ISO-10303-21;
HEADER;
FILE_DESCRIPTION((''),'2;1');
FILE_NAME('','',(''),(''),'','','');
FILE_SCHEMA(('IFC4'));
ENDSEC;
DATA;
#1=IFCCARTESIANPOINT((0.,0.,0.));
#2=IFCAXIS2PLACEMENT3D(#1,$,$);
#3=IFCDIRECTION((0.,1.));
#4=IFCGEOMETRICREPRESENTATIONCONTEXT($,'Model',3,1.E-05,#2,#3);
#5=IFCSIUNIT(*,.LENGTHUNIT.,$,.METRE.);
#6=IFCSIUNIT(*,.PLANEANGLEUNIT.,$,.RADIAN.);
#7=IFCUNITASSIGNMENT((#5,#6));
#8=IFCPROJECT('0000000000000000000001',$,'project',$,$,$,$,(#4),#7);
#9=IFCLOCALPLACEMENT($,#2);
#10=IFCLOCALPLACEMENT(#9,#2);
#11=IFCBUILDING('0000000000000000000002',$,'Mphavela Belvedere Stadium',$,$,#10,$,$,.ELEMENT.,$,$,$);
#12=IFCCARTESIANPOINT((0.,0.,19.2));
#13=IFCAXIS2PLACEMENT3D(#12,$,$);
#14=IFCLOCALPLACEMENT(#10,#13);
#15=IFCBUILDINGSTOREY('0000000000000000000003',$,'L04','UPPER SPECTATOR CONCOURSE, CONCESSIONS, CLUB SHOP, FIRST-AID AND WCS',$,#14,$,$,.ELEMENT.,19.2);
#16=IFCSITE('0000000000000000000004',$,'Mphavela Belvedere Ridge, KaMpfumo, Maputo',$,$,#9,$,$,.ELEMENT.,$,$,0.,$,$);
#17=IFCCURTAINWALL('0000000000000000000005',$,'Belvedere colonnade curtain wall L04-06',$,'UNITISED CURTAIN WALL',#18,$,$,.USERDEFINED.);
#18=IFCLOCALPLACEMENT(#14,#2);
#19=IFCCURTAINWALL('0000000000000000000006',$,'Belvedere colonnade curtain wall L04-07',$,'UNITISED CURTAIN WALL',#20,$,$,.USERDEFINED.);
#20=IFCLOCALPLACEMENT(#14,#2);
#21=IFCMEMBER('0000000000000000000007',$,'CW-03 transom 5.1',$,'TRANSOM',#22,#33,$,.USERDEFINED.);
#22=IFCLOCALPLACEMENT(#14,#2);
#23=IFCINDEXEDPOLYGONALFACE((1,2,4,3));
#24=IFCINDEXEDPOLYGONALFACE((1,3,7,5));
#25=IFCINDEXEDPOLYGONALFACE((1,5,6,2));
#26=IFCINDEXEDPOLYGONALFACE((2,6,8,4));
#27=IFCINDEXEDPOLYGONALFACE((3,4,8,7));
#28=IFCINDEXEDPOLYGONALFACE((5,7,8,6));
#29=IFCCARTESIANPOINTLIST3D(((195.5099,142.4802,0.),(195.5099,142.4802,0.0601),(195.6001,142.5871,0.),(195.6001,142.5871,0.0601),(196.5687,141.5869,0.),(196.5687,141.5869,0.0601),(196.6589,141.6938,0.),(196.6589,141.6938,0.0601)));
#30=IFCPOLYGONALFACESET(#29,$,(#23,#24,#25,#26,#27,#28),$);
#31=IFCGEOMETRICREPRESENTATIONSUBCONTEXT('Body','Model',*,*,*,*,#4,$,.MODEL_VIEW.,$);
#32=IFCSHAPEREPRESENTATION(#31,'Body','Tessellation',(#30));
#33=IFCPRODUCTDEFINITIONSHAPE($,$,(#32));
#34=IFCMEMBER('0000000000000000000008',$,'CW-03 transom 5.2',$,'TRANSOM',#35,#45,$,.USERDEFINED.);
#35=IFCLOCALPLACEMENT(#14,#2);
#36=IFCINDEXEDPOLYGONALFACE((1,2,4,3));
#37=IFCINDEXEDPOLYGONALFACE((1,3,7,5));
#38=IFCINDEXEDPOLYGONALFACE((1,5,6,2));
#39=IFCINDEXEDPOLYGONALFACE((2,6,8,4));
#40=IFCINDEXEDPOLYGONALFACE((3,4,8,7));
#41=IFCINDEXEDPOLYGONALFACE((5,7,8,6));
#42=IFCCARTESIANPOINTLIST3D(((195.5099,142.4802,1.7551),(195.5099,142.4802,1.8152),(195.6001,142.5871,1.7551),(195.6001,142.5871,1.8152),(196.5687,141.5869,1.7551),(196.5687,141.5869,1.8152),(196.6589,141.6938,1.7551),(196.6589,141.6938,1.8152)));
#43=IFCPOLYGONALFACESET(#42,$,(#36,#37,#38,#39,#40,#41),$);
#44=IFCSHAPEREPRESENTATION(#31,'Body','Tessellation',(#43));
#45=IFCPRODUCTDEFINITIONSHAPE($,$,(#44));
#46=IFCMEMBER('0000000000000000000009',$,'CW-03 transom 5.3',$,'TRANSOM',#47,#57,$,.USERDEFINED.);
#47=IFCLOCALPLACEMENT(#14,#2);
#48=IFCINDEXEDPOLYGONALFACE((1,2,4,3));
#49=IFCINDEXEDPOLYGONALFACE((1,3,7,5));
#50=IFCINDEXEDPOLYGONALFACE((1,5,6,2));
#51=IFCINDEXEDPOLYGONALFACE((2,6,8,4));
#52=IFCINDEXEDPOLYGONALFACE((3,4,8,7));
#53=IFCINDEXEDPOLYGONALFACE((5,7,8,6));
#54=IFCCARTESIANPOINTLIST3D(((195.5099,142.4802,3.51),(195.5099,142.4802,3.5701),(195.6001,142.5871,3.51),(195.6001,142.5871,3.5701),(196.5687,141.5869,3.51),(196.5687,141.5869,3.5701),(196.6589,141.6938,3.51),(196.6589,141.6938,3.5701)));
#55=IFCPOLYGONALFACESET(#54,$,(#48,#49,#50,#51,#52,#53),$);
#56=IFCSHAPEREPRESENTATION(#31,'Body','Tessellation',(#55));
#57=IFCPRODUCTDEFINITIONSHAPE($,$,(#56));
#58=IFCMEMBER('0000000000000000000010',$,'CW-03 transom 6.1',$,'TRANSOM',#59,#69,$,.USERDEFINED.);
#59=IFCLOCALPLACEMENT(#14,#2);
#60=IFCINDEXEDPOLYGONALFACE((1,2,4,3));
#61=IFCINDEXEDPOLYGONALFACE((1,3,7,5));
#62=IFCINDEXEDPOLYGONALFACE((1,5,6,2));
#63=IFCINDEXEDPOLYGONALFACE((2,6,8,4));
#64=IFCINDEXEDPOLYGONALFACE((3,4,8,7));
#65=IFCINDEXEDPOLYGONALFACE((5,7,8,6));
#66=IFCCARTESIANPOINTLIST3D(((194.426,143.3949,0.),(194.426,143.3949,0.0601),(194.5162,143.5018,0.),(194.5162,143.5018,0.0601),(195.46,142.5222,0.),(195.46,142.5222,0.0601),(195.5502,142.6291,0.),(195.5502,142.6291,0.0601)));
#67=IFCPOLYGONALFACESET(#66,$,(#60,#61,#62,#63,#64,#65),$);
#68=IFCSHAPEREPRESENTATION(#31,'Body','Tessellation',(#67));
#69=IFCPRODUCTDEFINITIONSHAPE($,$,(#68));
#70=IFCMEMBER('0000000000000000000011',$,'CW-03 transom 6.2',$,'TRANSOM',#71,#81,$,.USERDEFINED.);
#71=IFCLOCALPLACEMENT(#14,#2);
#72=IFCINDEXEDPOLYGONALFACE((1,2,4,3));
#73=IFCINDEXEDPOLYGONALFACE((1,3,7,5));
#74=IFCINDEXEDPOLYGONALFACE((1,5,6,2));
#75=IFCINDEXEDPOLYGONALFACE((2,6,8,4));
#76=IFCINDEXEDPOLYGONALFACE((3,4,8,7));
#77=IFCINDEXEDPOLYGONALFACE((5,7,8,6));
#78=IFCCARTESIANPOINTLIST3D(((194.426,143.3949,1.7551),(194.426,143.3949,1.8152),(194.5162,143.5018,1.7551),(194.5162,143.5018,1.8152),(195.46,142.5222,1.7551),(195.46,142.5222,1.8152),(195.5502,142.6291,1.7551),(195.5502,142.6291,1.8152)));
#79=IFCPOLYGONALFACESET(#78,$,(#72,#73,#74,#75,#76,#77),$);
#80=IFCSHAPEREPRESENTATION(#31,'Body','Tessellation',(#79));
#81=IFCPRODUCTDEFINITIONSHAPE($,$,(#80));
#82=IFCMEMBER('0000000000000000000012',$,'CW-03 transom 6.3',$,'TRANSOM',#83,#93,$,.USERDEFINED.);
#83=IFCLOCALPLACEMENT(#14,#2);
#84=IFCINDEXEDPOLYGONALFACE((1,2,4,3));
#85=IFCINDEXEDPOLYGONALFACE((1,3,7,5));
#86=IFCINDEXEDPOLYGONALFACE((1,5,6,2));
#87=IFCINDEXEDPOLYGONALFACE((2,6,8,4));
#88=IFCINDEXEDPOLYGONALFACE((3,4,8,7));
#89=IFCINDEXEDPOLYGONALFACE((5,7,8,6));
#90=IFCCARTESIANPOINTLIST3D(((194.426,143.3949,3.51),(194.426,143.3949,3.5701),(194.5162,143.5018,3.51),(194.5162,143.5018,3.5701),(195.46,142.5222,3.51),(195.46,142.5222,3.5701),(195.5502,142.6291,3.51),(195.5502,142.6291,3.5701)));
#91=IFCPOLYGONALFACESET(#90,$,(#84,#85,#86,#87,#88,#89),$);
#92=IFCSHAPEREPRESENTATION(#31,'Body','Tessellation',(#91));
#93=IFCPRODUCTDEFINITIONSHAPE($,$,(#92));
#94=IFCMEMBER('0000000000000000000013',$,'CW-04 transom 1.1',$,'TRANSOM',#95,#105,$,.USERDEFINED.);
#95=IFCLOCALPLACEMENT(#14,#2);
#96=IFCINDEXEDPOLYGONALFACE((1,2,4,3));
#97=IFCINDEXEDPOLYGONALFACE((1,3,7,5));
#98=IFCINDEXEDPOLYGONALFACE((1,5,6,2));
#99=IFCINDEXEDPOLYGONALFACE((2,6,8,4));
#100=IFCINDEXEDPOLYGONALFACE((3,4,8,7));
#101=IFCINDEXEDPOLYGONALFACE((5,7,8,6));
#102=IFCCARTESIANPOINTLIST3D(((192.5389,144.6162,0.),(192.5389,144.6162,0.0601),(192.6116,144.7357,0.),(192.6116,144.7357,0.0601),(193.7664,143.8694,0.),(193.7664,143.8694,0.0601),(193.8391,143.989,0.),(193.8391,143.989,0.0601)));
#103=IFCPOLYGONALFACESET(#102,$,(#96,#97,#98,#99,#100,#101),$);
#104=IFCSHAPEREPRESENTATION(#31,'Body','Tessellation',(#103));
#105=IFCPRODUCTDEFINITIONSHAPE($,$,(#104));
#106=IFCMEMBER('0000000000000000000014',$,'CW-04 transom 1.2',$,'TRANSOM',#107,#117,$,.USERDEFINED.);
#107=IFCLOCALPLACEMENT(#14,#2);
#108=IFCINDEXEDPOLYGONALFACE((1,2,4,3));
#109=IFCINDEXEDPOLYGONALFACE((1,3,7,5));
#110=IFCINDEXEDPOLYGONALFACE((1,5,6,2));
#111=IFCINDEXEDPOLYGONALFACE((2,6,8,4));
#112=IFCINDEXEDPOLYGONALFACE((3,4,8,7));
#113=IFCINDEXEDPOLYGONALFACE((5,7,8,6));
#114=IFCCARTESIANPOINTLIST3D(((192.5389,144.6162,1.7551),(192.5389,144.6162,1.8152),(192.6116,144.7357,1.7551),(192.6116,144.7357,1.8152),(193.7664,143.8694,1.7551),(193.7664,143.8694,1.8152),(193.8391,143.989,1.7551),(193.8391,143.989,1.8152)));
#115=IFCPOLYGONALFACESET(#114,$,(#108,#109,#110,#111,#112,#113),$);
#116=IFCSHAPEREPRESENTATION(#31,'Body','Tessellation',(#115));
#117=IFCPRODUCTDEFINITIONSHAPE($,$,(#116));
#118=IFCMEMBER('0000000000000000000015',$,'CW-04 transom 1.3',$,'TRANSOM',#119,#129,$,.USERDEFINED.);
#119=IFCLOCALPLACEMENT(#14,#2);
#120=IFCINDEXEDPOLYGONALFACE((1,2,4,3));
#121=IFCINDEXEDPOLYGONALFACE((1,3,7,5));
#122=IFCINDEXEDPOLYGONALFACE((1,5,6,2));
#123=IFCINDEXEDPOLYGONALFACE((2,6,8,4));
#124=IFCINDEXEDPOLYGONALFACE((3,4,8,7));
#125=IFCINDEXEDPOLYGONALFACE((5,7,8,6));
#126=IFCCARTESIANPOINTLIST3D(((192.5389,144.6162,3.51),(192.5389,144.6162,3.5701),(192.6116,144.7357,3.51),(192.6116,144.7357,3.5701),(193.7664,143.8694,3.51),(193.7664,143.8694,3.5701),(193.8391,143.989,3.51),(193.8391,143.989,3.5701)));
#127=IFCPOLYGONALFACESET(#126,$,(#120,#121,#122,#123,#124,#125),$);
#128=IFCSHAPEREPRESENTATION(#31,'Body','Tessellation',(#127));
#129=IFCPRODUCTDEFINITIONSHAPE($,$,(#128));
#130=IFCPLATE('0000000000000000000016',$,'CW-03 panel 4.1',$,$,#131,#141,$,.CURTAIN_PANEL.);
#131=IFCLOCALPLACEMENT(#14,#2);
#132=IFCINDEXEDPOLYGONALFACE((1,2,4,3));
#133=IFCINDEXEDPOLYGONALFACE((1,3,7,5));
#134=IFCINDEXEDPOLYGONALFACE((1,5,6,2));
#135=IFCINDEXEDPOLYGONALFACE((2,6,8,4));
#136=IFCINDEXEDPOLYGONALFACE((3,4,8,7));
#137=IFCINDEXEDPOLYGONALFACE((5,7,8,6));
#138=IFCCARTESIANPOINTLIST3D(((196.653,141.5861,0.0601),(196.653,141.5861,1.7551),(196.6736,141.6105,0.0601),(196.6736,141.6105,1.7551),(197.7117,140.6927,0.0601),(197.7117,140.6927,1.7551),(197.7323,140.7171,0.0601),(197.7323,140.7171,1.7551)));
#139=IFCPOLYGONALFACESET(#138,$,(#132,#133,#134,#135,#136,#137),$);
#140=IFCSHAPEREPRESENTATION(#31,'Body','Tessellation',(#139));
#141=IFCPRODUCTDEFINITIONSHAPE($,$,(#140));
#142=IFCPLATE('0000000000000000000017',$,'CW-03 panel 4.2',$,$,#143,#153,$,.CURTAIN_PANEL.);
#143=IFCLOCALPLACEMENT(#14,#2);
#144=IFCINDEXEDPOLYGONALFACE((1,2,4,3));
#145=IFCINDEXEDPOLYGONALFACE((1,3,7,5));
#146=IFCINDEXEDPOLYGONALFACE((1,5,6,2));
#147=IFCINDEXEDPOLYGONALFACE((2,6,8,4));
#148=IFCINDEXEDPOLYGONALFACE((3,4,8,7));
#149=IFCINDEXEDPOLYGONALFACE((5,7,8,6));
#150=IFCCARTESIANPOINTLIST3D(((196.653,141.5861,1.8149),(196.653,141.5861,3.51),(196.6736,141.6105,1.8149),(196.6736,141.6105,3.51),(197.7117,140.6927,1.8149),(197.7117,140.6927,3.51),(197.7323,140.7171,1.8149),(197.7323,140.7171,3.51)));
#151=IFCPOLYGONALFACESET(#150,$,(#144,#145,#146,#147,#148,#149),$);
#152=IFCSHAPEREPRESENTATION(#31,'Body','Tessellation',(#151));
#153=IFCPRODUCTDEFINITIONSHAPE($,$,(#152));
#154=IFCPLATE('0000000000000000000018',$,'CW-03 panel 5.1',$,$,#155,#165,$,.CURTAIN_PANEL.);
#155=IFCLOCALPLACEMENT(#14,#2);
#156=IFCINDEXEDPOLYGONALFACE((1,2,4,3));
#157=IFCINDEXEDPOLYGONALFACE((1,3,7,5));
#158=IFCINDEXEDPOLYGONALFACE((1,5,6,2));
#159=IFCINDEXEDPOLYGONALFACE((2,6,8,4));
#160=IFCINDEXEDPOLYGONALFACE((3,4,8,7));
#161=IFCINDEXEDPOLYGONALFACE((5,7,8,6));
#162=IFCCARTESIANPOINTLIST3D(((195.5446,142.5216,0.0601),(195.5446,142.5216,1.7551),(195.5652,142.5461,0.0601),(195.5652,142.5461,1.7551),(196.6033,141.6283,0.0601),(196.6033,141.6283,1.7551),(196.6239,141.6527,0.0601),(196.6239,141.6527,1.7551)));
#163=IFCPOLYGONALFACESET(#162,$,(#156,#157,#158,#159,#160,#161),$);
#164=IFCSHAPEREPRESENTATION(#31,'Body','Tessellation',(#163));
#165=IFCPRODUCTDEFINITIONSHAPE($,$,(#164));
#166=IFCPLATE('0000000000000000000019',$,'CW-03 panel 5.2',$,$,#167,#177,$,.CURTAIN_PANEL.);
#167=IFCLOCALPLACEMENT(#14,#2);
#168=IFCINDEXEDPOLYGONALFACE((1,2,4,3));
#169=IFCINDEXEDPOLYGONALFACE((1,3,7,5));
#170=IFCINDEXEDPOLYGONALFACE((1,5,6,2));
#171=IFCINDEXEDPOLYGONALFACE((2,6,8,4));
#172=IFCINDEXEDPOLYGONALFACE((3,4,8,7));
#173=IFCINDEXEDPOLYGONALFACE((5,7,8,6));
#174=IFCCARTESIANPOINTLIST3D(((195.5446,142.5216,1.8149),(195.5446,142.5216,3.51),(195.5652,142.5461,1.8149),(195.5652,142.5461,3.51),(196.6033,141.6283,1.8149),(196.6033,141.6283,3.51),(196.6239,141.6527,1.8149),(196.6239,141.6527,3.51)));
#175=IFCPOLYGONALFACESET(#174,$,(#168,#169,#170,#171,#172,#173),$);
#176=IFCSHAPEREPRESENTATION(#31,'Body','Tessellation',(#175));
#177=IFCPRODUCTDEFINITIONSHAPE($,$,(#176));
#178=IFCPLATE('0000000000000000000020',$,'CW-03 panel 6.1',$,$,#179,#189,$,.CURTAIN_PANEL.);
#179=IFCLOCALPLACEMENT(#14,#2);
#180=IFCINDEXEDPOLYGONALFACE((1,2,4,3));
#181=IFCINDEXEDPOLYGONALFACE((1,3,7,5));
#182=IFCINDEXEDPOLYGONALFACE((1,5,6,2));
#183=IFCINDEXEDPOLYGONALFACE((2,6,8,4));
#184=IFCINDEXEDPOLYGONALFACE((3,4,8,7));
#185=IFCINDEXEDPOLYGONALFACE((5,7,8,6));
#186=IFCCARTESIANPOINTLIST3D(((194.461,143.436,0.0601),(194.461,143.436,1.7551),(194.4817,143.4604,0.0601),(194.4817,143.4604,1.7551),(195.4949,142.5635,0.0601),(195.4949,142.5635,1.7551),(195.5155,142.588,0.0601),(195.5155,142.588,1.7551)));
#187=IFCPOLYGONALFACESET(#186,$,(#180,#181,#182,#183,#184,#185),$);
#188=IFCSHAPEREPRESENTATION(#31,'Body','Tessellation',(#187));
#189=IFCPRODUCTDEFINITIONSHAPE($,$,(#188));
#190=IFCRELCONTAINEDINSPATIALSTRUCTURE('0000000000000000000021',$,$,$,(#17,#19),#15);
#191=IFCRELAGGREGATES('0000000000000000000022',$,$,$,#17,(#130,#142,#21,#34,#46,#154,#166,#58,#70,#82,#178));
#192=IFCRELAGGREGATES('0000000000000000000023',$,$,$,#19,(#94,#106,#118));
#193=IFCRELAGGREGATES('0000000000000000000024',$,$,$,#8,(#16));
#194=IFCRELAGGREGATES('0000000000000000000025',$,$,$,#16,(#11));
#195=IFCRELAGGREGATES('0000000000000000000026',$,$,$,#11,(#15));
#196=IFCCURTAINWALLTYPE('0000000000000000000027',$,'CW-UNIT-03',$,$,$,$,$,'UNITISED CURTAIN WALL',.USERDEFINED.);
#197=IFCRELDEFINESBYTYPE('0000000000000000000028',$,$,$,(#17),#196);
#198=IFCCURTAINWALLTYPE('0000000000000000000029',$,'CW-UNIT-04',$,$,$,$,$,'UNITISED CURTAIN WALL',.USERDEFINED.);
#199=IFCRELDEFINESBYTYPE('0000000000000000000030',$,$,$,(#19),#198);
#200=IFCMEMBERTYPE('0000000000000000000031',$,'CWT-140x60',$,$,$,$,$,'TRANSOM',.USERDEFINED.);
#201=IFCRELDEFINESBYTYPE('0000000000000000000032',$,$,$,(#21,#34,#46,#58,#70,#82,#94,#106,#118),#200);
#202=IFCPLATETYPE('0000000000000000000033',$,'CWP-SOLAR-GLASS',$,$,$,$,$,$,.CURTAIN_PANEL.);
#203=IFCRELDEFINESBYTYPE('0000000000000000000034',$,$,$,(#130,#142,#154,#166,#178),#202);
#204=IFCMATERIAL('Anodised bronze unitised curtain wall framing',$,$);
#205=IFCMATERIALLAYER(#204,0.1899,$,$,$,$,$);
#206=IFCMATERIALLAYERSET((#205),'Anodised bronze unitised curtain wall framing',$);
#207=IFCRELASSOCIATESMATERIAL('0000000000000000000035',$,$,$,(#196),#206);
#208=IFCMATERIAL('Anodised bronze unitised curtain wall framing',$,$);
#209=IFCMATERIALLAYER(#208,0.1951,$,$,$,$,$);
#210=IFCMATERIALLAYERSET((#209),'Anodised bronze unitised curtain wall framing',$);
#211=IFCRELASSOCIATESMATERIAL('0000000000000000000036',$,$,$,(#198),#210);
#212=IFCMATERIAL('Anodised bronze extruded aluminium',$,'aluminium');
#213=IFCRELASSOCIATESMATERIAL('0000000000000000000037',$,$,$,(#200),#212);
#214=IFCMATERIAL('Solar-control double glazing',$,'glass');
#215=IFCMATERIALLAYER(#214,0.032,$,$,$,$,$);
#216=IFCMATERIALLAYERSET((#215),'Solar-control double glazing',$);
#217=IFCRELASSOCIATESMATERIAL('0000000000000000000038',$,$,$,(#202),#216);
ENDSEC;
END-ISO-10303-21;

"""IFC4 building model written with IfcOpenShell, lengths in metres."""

from ifc_helpers import new_model, si_unit, direction, frame, origin, origin_2d, place, context, subcontext, project, spatial, rectangle, extrude, material, layer, layer_set, material_profile, profile_set, type_object, element, aggregate, save


model = new_model("IFC4")

# Units and contexts
model_context = context("Model", 3, precision=1e-05, world=origin(), true_north=direction((0.0, 1.0)))
body_context = subcontext(model_context, "Body", "Model", "MODEL_VIEW")
ifc_project = project(units=[si_unit("LENGTHUNIT", "METRE"), si_unit("PLANEANGLEUNIT", "RADIAN")], contexts=[model_context])

# Site, building, storey
site_placement = place(None, origin())
site = spatial("IfcSite", under=ifc_project, at=site_placement, Name="Mphavela Belvedere Ridge, KaMpfumo, Maputo", CompositionType="ELEMENT", RefElevation=0.0)
building_placement = place(site_placement, origin())
building = spatial("IfcBuilding", under=site, at=building_placement, Name="Mphavela Belvedere Stadium", CompositionType="ELEMENT")
storey_placement = place(building_placement, frame((0.0, 0.0, 19.2)))
storey = spatial("IfcBuildingStorey", under=building, at=storey_placement, Name="L04", Description="UPPER SPECTATOR CONCOURSE, CONCESSIONS, CLUB SHOP, FIRST-AID AND WCS", CompositionType="ELEMENT", Elevation=19.2)

# Curtain wall
ifc_material_1 = material(Name="Anodised bronze unitised curtain wall framing")
ifc_layer_1 = layer(ifc_material_1, 0.1899)
ifc_layer_set_1 = layer_set([ifc_layer_1], Name="Anodised bronze unitised curtain wall framing")
curtain_wall_type_1 = type_object("IfcCurtainWallType", Name="CW-UNIT-03", ElementType="UNITISED CURTAIN WALL", PredefinedType="USERDEFINED", material=ifc_layer_set_1)
curtain_wall_1_placement = place(storey_placement, origin())
curtain_wall_1 = element("IfcCurtainWall", 1, at=curtain_wall_1_placement, inside=storey, type_object=curtain_wall_type_1, Name="Belvedere colonnade curtain wall L04-06", ObjectType="UNITISED CURTAIN WALL", PredefinedType="USERDEFINED")

# Curtain wall
ifc_material_2 = material(Name="Anodised bronze unitised curtain wall framing")
ifc_layer_2 = layer(ifc_material_2, 0.1951)
ifc_layer_set_2 = layer_set([ifc_layer_2], Name="Anodised bronze unitised curtain wall framing")
curtain_wall_type_2 = type_object("IfcCurtainWallType", Name="CW-UNIT-04", ElementType="UNITISED CURTAIN WALL", PredefinedType="USERDEFINED", material=ifc_layer_set_2)
curtain_wall_2_placement = place(storey_placement, origin())
curtain_wall_2 = element("IfcCurtainWall", 2, at=curtain_wall_2_placement, inside=storey, type_object=curtain_wall_type_2, Name="Belvedere colonnade curtain wall L04-07", ObjectType="UNITISED CURTAIN WALL", PredefinedType="USERDEFINED")

# Members
ifc_material_3 = material(Name="Anodised bronze extruded aluminium", Category="aluminium")
ifc_material_profile_1 = material_profile(ifc_material_3, rectangle(XDim=0.1399, YDim=0.0601, at=origin_2d()), Name="CW-TRN 140x60")
ifc_profile_set_1 = profile_set([ifc_material_profile_1], Name="Anodised bronze extruded aluminium")
member_type_1 = type_object("IfcMemberType", Name="CWT-140x60", ElementType="TRANSOM", PredefinedType="USERDEFINED", material=ifc_profile_set_1)
member_1_placement = place(storey_placement, frame((196.6138, 141.6404, 0.03), z_axis=(-0.764321, 0.644836, 0.0), x_axis=(-0.644836, -0.764321, 0.0)))
member_1 = element("IfcMember", 3, at=member_1_placement, type_object=member_type_1, Name="CW-03 transom 5.1", ObjectType="TRANSOM", PredefinedType="USERDEFINED", context=body_context, shape_type="SweptSolid", body=[
    extrude(rectangle(XDim=0.1399, YDim=0.0601, at=origin_2d()), origin(), (0.0, 0.0, 1.0), 1.3853),
])
member_2_placement = place(storey_placement, frame((196.6138, 141.6404, 1.7852), z_axis=(-0.764321, 0.644836, 0.0), x_axis=(-0.644836, -0.764321, 0.0)))
member_2 = element("IfcMember", 4, at=member_2_placement, type_object=member_type_1, Name="CW-03 transom 5.2", ObjectType="TRANSOM", PredefinedType="USERDEFINED", context=body_context, shape_type="SweptSolid", body=[
    extrude(rectangle(XDim=0.1399, YDim=0.0601, at=origin_2d()), origin(), (0.0, 0.0, 1.0), 1.3853),
])
member_3_placement = place(storey_placement, frame((196.6138, 141.6404, 3.54), z_axis=(-0.764321, 0.644836, 0.0), x_axis=(-0.644836, -0.764321, 0.0)))
member_3 = element("IfcMember", 5, at=member_3_placement, type_object=member_type_1, Name="CW-03 transom 5.3", ObjectType="TRANSOM", PredefinedType="USERDEFINED", context=body_context, shape_type="SweptSolid", body=[
    extrude(rectangle(XDim=0.1399, YDim=0.0601, at=origin_2d()), origin(), (0.0, 0.0, 1.0), 1.3853),
])
member_4_placement = place(storey_placement, frame((195.5051, 142.5757, 0.03), z_axis=(-0.764228, 0.644947, 0.0), x_axis=(-0.644947, -0.764228, 0.0)))
member_4 = element("IfcMember", 6, at=member_4_placement, type_object=member_type_1, Name="CW-03 transom 6.1", ObjectType="TRANSOM", PredefinedType="USERDEFINED", context=body_context, shape_type="SweptSolid", body=[
    extrude(rectangle(XDim=0.1399, YDim=0.0601, at=origin_2d()), origin(), (0.0, 0.0, 1.0), 1.353),
])
member_5_placement = place(storey_placement, frame((195.5051, 142.5757, 1.7852), z_axis=(-0.764228, 0.644947, 0.0), x_axis=(-0.644947, -0.764228, 0.0)))
member_5 = element("IfcMember", 7, at=member_5_placement, type_object=member_type_1, Name="CW-03 transom 6.2", ObjectType="TRANSOM", PredefinedType="USERDEFINED", context=body_context, shape_type="SweptSolid", body=[
    extrude(rectangle(XDim=0.1399, YDim=0.0601, at=origin_2d()), origin(), (0.0, 0.0, 1.0), 1.353),
])
member_6_placement = place(storey_placement, frame((195.5051, 142.5757, 3.54), z_axis=(-0.764228, 0.644947, 0.0), x_axis=(-0.644947, -0.764228, 0.0)))
member_6 = element("IfcMember", 8, at=member_6_placement, type_object=member_type_1, Name="CW-03 transom 6.3", ObjectType="TRANSOM", PredefinedType="USERDEFINED", context=body_context, shape_type="SweptSolid", body=[
    extrude(rectangle(XDim=0.1399, YDim=0.0601, at=origin_2d()), origin(), (0.0, 0.0, 1.0), 1.353),
])
member_7_placement = place(storey_placement, frame((193.8027, 143.9292, 0.03), z_axis=(-0.854313, 0.519758, 0.0), x_axis=(-0.519758, -0.854313, 0.0)))
member_7 = element("IfcMember", 9, at=member_7_placement, type_object=member_type_1, Name="CW-04 transom 1.1", ObjectType="TRANSOM", PredefinedType="USERDEFINED", context=body_context, shape_type="SweptSolid", body=[
    extrude(rectangle(XDim=0.1399, YDim=0.0601, at=origin_2d()), origin(), (0.0, 0.0, 1.0), 1.4368),
])
member_8_placement = place(storey_placement, frame((193.8027, 143.9292, 1.7852), z_axis=(-0.854313, 0.519758, 0.0), x_axis=(-0.519758, -0.854313, 0.0)))
member_8 = element("IfcMember", 10, at=member_8_placement, type_object=member_type_1, Name="CW-04 transom 1.2", ObjectType="TRANSOM", PredefinedType="USERDEFINED", context=body_context, shape_type="SweptSolid", body=[
    extrude(rectangle(XDim=0.1399, YDim=0.0601, at=origin_2d()), origin(), (0.0, 0.0, 1.0), 1.4368),
])
member_9_placement = place(storey_placement, frame((193.8027, 143.9292, 3.54), z_axis=(-0.854313, 0.519758, 0.0), x_axis=(-0.519758, -0.854313, 0.0)))
member_9 = element("IfcMember", 11, at=member_9_placement, type_object=member_type_1, Name="CW-04 transom 1.3", ObjectType="TRANSOM", PredefinedType="USERDEFINED", context=body_context, shape_type="SweptSolid", body=[
    extrude(rectangle(XDim=0.1399, YDim=0.0601, at=origin_2d()), origin(), (0.0, 0.0, 1.0), 1.4368),
])

# Plates
ifc_material_4 = material(Name="Solar-control double glazing", Category="glass")
ifc_layer_3 = layer(ifc_material_4, 0.032)
ifc_layer_set_3 = layer_set([ifc_layer_3], Name="Solar-control double glazing")
plate_type = type_object("IfcPlateType", Name="CWP-SOLAR-GLASS", PredefinedType="CURTAIN_PANEL", material=ifc_layer_set_3)
plate_1_placement = place(storey_placement, frame((197.1926, 141.1516, 0.0601), z_axis=(0.0, 0.0, 1.0), x_axis=(-0.764253, 0.644916, 0.0)))
plate_1 = element("IfcPlate", 12, at=plate_1_placement, type_object=plate_type, Name="CW-03 panel 4.1", PredefinedType="CURTAIN_PANEL", context=body_context, shape_type="SweptSolid", body=[
    extrude(rectangle(XDim=1.3853, YDim=0.032, at=origin_2d()), origin(), (0.0, 0.0, 1.0), 1.6951),
])
plate_2_placement = place(storey_placement, frame((197.1926, 141.1516, 1.8149), z_axis=(0.0, 0.0, 1.0), x_axis=(-0.764253, 0.644916, 0.0)))
plate_2 = element("IfcPlate", 13, at=plate_2_placement, type_object=plate_type, Name="CW-03 panel 4.2", PredefinedType="CURTAIN_PANEL", context=body_context, shape_type="SweptSolid", body=[
    extrude(rectangle(XDim=1.3853, YDim=0.032, at=origin_2d()), origin(), (0.0, 0.0, 1.0), 1.6951),
])
plate_3_placement = place(storey_placement, frame((196.0842, 142.0872, 0.0601), z_axis=(0.0, 0.0, 1.0), x_axis=(-0.764253, 0.644916, 0.0)))
plate_3 = element("IfcPlate", 14, at=plate_3_placement, type_object=plate_type, Name="CW-03 panel 5.1", PredefinedType="CURTAIN_PANEL", context=body_context, shape_type="SweptSolid", body=[
    extrude(rectangle(XDim=1.3853, YDim=0.032, at=origin_2d()), origin(), (0.0, 0.0, 1.0), 1.6951),
])
plate_4_placement = place(storey_placement, frame((196.0842, 142.0872, 1.8149), z_axis=(0.0, 0.0, 1.0), x_axis=(-0.764253, 0.644916, 0.0)))
plate_4 = element("IfcPlate", 15, at=plate_4_placement, type_object=plate_type, Name="CW-03 panel 5.2", PredefinedType="CURTAIN_PANEL", context=body_context, shape_type="SweptSolid", body=[
    extrude(rectangle(XDim=1.3853, YDim=0.032, at=origin_2d()), origin(), (0.0, 0.0, 1.0), 1.6951),
])
plate_5_placement = place(storey_placement, frame((194.9883, 143.012, 0.0601), z_axis=(0.0, 0.0, 1.0), x_axis=(-0.764253, 0.644916, 0.0)))
plate_5 = element("IfcPlate", 16, at=plate_5_placement, type_object=plate_type, Name="CW-03 panel 6.1", PredefinedType="CURTAIN_PANEL", context=body_context, shape_type="SweptSolid", body=[
    extrude(rectangle(XDim=1.3528, YDim=0.032, at=origin_2d()), origin(), (0.0, 0.0, 1.0), 1.6951),
])
aggregate(curtain_wall_1, [plate_1, plate_2, member_1, member_2, member_3, plate_3, plate_4, member_4, member_5, member_6, plate_5])
aggregate(curtain_wall_2, [member_7, member_8, member_9])

save(model, "model.ifc")
